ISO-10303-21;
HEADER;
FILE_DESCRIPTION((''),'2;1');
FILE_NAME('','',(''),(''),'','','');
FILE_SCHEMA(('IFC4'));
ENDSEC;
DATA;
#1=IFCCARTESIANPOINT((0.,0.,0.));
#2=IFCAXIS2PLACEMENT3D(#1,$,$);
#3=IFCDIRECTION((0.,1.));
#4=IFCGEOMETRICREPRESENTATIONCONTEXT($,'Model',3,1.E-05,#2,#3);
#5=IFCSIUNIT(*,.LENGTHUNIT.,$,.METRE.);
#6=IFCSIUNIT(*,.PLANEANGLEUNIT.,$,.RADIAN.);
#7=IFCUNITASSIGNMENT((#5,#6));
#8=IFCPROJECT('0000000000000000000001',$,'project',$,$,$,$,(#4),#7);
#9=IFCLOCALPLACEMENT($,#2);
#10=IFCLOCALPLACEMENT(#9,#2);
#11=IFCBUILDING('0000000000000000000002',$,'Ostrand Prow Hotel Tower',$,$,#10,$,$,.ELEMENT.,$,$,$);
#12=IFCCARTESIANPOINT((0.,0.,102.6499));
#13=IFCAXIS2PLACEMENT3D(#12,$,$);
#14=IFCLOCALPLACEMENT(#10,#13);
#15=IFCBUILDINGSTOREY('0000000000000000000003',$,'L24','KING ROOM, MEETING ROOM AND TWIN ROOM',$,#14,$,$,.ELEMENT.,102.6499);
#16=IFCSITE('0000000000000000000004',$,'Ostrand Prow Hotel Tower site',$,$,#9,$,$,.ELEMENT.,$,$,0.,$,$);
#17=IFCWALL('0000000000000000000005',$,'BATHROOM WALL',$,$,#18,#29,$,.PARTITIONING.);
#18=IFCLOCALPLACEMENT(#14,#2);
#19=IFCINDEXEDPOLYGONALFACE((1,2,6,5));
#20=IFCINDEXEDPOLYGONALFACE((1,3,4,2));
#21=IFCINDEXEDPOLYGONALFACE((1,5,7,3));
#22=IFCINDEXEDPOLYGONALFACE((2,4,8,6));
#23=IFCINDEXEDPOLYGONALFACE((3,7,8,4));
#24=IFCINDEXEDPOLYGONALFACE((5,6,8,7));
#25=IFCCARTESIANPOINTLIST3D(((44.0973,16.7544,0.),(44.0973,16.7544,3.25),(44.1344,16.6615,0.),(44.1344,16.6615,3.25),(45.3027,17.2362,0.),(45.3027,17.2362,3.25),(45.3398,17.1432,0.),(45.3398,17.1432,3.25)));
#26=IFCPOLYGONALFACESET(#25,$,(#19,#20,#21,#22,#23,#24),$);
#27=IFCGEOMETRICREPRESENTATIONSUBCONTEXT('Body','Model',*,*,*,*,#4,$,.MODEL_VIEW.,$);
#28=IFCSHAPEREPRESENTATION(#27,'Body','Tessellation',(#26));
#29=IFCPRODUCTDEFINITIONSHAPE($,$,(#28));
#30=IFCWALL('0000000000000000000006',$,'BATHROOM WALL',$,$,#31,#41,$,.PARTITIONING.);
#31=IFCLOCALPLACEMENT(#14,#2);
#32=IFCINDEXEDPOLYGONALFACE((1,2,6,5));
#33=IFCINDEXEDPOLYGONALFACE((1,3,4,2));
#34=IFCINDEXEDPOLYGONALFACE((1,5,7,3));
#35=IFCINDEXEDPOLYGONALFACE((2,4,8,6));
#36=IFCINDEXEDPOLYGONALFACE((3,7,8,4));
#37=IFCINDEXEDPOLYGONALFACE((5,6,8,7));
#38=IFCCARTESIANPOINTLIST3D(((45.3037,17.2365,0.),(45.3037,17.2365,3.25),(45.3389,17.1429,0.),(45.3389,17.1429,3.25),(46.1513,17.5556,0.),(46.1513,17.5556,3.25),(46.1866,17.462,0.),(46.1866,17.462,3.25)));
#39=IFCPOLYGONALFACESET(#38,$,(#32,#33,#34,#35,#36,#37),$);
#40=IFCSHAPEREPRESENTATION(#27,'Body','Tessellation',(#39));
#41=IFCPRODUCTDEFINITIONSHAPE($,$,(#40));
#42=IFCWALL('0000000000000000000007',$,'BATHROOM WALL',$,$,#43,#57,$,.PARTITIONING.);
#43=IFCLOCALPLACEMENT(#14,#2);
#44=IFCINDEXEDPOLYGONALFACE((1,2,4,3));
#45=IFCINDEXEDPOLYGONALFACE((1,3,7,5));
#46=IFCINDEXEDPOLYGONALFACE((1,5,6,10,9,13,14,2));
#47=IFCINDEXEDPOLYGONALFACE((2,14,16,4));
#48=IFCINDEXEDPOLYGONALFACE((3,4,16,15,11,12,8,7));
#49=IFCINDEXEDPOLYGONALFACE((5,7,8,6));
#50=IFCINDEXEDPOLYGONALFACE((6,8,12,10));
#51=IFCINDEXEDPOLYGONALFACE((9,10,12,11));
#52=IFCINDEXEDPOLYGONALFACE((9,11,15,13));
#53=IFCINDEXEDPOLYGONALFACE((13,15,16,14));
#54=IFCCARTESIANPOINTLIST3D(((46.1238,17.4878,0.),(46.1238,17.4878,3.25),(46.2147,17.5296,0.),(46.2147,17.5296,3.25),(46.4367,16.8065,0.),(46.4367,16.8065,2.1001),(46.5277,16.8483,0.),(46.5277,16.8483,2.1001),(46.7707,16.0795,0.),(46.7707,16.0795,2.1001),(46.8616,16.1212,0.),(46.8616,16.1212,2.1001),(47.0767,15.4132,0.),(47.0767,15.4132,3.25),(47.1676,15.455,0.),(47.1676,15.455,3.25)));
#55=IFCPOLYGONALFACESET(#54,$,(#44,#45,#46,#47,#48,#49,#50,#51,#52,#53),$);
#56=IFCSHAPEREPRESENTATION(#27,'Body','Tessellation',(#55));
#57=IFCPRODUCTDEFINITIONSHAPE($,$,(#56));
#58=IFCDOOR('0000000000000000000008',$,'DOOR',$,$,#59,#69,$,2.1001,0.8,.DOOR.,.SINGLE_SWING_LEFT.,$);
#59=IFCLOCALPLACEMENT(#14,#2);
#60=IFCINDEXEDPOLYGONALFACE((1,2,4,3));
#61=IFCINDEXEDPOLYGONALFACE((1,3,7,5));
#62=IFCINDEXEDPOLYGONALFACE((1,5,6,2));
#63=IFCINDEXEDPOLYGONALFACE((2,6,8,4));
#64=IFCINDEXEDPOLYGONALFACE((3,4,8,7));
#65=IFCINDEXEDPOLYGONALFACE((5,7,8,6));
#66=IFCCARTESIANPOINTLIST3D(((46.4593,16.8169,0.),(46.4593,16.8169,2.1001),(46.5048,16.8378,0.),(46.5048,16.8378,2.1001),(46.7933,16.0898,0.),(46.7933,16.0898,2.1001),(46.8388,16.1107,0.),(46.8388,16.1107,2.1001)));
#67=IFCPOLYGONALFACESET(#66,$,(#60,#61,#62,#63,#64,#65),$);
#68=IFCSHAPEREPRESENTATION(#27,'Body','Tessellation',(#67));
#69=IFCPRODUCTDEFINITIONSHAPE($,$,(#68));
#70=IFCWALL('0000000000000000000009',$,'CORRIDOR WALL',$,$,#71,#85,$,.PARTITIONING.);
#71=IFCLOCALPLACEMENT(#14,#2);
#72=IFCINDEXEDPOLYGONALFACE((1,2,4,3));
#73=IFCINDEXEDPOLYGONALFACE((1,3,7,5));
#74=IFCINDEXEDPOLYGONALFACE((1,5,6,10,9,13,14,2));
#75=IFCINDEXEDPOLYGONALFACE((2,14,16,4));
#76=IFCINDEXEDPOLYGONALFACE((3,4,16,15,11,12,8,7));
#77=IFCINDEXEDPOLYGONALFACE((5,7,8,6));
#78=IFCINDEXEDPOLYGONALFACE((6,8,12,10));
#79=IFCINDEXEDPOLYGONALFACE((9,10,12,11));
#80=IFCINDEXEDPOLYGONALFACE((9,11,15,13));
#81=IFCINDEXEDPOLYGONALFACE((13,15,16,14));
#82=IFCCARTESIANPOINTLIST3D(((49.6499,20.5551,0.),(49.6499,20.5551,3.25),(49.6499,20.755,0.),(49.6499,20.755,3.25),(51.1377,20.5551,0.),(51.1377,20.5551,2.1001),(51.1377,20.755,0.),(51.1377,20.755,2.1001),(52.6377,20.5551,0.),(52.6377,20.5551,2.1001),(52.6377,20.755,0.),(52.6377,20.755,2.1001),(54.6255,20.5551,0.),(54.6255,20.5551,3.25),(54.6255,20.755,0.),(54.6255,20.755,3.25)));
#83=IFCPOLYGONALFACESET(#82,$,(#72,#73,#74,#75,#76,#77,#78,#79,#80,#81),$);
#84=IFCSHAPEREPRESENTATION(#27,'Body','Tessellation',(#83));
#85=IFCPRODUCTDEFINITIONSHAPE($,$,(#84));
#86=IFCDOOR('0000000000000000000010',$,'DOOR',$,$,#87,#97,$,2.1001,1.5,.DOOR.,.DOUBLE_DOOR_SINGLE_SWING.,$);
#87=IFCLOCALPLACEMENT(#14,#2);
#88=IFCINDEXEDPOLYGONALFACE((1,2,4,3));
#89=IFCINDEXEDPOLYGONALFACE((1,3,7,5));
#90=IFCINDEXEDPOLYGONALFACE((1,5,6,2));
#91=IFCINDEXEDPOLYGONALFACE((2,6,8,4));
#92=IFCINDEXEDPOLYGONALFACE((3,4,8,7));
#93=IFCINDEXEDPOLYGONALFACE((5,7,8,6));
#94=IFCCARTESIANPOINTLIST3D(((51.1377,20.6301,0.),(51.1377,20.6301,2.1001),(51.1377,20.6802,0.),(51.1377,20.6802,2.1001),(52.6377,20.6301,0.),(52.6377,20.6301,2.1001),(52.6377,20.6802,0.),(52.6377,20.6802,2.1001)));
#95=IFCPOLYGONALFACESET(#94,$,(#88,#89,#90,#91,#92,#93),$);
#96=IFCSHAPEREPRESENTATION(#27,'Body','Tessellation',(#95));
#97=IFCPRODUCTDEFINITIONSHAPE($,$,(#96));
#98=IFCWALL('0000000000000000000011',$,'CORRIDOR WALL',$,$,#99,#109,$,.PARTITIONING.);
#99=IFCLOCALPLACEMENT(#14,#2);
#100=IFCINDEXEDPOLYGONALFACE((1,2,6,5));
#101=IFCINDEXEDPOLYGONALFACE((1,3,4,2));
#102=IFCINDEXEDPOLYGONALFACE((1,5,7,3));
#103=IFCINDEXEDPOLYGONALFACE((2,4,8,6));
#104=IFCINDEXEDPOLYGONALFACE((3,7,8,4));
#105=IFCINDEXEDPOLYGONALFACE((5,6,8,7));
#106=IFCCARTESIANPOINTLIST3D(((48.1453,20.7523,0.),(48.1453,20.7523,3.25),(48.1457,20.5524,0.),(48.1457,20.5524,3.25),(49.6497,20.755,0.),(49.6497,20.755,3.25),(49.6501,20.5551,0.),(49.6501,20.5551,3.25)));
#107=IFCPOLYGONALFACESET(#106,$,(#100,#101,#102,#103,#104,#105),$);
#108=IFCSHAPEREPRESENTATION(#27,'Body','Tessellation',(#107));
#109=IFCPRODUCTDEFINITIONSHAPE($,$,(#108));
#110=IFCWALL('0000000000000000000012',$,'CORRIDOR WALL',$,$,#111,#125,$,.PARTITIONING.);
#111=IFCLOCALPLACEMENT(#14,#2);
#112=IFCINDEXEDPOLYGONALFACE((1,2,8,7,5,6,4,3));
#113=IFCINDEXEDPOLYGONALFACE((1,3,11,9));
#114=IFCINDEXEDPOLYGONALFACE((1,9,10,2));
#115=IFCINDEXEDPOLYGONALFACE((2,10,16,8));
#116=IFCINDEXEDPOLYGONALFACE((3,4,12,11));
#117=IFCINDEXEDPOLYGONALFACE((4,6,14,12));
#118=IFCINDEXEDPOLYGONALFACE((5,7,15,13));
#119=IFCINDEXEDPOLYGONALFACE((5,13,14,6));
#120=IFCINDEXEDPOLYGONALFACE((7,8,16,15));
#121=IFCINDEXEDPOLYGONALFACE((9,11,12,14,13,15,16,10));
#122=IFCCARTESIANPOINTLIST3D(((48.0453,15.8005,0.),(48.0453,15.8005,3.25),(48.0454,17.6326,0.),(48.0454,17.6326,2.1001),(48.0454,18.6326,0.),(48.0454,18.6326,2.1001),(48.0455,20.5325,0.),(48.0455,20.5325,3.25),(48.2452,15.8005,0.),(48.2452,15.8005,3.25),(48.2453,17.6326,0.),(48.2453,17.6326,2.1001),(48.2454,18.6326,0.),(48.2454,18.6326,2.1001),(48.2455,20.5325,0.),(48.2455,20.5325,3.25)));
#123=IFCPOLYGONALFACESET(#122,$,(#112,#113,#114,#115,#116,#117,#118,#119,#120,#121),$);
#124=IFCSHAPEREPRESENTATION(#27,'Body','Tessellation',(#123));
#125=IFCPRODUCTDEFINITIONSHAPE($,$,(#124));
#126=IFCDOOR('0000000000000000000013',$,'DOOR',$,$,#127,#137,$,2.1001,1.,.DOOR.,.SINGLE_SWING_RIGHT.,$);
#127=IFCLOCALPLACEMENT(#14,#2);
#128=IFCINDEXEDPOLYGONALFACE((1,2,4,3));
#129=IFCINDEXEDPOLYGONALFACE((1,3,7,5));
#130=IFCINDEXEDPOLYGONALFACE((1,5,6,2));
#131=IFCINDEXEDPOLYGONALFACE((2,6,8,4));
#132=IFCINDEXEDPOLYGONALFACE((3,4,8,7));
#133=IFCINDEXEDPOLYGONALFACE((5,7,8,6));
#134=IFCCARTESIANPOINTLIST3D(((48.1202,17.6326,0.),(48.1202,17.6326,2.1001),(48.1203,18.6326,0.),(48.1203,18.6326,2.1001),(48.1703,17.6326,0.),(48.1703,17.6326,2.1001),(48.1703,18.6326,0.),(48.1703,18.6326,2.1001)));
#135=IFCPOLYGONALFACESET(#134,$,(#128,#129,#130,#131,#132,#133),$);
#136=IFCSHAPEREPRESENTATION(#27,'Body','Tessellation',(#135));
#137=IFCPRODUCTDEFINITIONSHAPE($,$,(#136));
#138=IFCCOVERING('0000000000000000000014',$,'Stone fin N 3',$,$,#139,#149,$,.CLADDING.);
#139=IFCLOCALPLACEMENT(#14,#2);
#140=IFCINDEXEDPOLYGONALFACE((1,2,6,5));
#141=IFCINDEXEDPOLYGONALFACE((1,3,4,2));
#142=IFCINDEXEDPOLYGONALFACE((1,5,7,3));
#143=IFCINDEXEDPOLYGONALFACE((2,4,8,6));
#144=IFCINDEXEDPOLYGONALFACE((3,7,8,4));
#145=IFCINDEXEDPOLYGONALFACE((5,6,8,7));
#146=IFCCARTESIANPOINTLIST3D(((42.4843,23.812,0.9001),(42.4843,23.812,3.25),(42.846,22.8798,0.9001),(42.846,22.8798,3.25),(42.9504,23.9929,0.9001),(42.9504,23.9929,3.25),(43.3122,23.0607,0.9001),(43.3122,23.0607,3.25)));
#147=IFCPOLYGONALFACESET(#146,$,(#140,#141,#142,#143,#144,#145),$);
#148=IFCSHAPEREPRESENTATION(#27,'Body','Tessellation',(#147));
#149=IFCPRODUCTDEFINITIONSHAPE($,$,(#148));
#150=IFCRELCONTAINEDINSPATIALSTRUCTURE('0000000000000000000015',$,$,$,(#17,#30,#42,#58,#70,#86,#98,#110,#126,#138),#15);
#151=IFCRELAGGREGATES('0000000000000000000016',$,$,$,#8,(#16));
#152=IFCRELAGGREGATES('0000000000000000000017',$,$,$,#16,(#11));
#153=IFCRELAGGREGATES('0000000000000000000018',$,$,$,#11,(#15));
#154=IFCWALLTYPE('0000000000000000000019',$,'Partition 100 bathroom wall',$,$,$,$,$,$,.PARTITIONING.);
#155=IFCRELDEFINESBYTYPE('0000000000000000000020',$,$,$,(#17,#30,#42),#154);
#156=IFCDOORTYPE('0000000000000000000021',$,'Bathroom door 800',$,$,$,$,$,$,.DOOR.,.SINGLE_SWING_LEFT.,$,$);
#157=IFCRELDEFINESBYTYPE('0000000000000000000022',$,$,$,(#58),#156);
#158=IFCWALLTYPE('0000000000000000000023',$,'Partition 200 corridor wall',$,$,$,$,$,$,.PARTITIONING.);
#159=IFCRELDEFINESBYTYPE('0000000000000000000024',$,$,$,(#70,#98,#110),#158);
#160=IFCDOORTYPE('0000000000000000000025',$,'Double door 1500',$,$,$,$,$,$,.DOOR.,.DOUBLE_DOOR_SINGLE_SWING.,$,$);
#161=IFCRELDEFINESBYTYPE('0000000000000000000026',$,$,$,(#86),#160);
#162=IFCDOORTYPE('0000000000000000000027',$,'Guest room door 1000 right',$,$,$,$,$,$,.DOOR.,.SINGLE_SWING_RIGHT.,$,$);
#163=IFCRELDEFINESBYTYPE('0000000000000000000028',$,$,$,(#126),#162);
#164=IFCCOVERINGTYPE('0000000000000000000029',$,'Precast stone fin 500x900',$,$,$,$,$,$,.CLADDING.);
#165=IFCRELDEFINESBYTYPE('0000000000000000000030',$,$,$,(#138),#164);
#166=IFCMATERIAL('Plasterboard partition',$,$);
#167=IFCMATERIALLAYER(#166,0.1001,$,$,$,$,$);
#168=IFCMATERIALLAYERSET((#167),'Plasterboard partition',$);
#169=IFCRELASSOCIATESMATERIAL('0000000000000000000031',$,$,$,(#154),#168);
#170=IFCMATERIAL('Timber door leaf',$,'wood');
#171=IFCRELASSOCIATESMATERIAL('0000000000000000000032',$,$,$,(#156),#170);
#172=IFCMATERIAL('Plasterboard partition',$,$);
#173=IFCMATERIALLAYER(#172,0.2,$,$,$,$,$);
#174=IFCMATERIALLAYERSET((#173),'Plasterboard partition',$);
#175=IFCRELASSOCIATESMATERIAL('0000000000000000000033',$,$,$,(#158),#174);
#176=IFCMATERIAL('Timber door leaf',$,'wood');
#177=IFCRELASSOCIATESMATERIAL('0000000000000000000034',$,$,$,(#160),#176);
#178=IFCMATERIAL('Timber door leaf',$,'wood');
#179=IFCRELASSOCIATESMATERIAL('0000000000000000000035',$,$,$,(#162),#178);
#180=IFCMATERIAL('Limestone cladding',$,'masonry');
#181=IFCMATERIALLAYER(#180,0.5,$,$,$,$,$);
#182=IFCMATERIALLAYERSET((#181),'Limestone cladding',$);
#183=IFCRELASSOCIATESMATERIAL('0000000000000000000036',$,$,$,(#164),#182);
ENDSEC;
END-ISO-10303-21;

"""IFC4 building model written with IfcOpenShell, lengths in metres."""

from ifc_helpers import new_model, si_unit, direction, frame, frame_2d, origin, place, context, subcontext, project, spatial, rectangle, extrude, material, layer, layer_set, type_object, element, fill, save


model = new_model("IFC4")

# Units and contexts
model_context = context("Model", 3, precision=1e-05, world=origin(), true_north=direction((0.0, 1.0)))
body_context = subcontext(model_context, "Body", "Model", "MODEL_VIEW")
ifc_project = project(units=[si_unit("LENGTHUNIT", "METRE"), si_unit("PLANEANGLEUNIT", "RADIAN")], contexts=[model_context])

# Site, building, storey
site_placement = place(None, origin())
site = spatial("IfcSite", under=ifc_project, at=site_placement, Name="Ostrand Prow Hotel Tower site", CompositionType="ELEMENT", RefElevation=0.0)
building_placement = place(site_placement, origin())
building = spatial("IfcBuilding", under=site, at=building_placement, Name="Ostrand Prow Hotel Tower", CompositionType="ELEMENT")
storey_placement = place(building_placement, frame((0.0, 0.0, 102.6499)))
storey = spatial("IfcBuildingStorey", under=building, at=storey_placement, Name="L24", Description="KING ROOM, MEETING ROOM AND TWIN ROOM", CompositionType="ELEMENT", Elevation=102.6499)

# Walls
ifc_material_1 = material(Name="Plasterboard partition")
ifc_layer_1 = layer(ifc_material_1, 0.1001)
ifc_layer_set_1 = layer_set([ifc_layer_1], Name="Plasterboard partition")
wall_type_1 = type_object("IfcWallType", Name="Partition 100 bathroom wall", PredefinedType="PARTITIONING", material=ifc_layer_set_1)
wall_1_placement = place(storey_placement, frame((44.116, 16.708, 0.0), z_axis=(0.0, 0.0, 1.0), x_axis=(0.928593, 0.371099, 0.0)))
element("IfcWall", 1, at=wall_1_placement, inside=storey, type_object=wall_type_1, Name="BATHROOM WALL", PredefinedType="PARTITIONING", context=body_context, shape_type="SweptSolid", body=[
    extrude(rectangle(XDim=1.2981, YDim=0.1001, at=frame_2d((0.6489, 0.0))), origin(), (0.0, 0.0, 1.0), 3.25),
])
wall_2_placement = place(storey_placement, frame((45.3213, 17.1897, 0.0), z_axis=(0.0, 0.0, 1.0), x_axis=(0.935885, 0.352305, 0.0)))
element("IfcWall", 2, at=wall_2_placement, inside=storey, type_object=wall_type_1, Name="BATHROOM WALL", PredefinedType="PARTITIONING", context=body_context, shape_type="SweptSolid", body=[
    extrude(rectangle(XDim=0.9058, YDim=0.1001, at=frame_2d((0.4529, 0.0))), origin(), (0.0, 0.0, 1.0), 3.25),
])

# Walls, openings, doors
wall_3_placement = place(storey_placement, frame((46.1692, 17.5088, 0.0), z_axis=(0.0, 0.0, 1.0), x_axis=(0.417409, -0.908719, 0.0)))
wall_3 = element("IfcWall", 3, at=wall_3_placement, inside=storey, type_object=wall_type_1, Name="BATHROOM WALL", PredefinedType="PARTITIONING", context=body_context, shape_type="SweptSolid", body=[
    extrude(rectangle(XDim=2.283, YDim=0.1001, at=frame_2d((1.1416, 0.0))), origin(), (0.0, 0.0, 1.0), 3.25),
])
opening_1_placement = place(wall_3_placement, frame((0.75, 0.0, 0.0)))
opening_1 = element("IfcOpeningElement", 4, at=opening_1_placement, cuts=wall_3, PredefinedType="OPENING", context=body_context, shape_type="SweptSolid", body=[
    extrude(rectangle(XDim=0.8, YDim=2.1001, at=frame_2d((0.3999, 1.05))), frame((0.0, 0.0601, 0.0), z_axis=(0.0, -1.0, 0.0), x_axis=(1.0, 0.0, 0.0)), (0.0, 0.0, 1.0), 0.1201),
])
ifc_material_2 = material(Name="Timber door leaf", Category="wood")
door_type_1 = type_object("IfcDoorType", Name="Bathroom door 800", OperationType="SINGLE_SWING_LEFT", PredefinedType="DOOR", material=ifc_material_2)
door_1_placement = place(opening_1_placement, origin())
door_1 = element("IfcDoor", 5, at=door_1_placement, inside=storey, type_object=door_type_1, Name="DOOR", OperationType="SINGLE_SWING_LEFT", OverallHeight=2.1001, OverallWidth=0.8, PredefinedType="DOOR", context=body_context, shape_type="SweptSolid", body=[
    extrude(rectangle(XDim=0.8, YDim=2.1001, at=frame_2d((0.3999, 1.05))), frame((0.0, 0.0249, 0.0), z_axis=(0.0, -1.0, 0.0), x_axis=(1.0, 0.0, 0.0)), (0.0, 0.0, 1.0), 0.05),
])
fill(opening_1, door_1)
ifc_material_3 = material(Name="Plasterboard partition")
ifc_layer_2 = layer(ifc_material_3, 0.2)
ifc_layer_set_2 = layer_set([ifc_layer_2], Name="Plasterboard partition")
wall_type_2 = type_object("IfcWallType", Name="Partition 200 corridor wall", PredefinedType="PARTITIONING", material=ifc_layer_set_2)
wall_4_placement = place(storey_placement, frame((54.6255, 20.655, 0.0), z_axis=(0.0, 0.0, 1.0), x_axis=(-1.0, 0.0, 0.0)))
wall_4 = element("IfcWall", 6, at=wall_4_placement, inside=storey, type_object=wall_type_2, Name="CORRIDOR WALL", PredefinedType="PARTITIONING", context=body_context, shape_type="SweptSolid", body=[
    extrude(rectangle(XDim=4.9756, YDim=0.2, at=frame_2d((2.4878, 0.0))), origin(), (0.0, 0.0, 1.0), 3.25),
])
opening_2_placement = place(wall_4_placement, frame((1.9878, 0.0, 0.0)))
opening_2 = element("IfcOpeningElement", 7, at=opening_2_placement, cuts=wall_4, PredefinedType="OPENING", context=body_context, shape_type="SweptSolid", body=[
    extrude(rectangle(XDim=1.5, YDim=2.1001, at=frame_2d((0.75, 1.05))), frame((0.0, 0.1099, 0.0), z_axis=(0.0, -1.0, 0.0), x_axis=(1.0, 0.0, 0.0)), (0.0, 0.0, 1.0), 0.22),
])
ifc_material_4 = material(Name="Timber door leaf", Category="wood")
door_type_2 = type_object("IfcDoorType", Name="Double door 1500", OperationType="DOUBLE_DOOR_SINGLE_SWING", PredefinedType="DOOR", material=ifc_material_4)
door_2_placement = place(opening_2_placement, origin())
door_2 = element("IfcDoor", 8, at=door_2_placement, inside=storey, type_object=door_type_2, Name="DOOR", OperationType="DOUBLE_DOOR_SINGLE_SWING", OverallHeight=2.1001, OverallWidth=1.5, PredefinedType="DOOR", context=body_context, shape_type="SweptSolid", body=[
    extrude(rectangle(XDim=1.5, YDim=2.1001, at=frame_2d((0.75, 1.05))), frame((0.0, 0.0249, 0.0), z_axis=(0.0, -1.0, 0.0), x_axis=(1.0, 0.0, 0.0)), (0.0, 0.0, 1.0), 0.05),
])
fill(opening_2, door_2)

# Wall
wall_5_placement = place(storey_placement, frame((49.6499, 20.655, 0.0), z_axis=(0.0, 0.0, 1.0), x_axis=(-0.999998, -0.001785, 0.0)))
element("IfcWall", 9, at=wall_5_placement, inside=storey, type_object=wall_type_2, Name="CORRIDOR WALL", PredefinedType="PARTITIONING", context=body_context, shape_type="SweptSolid", body=[
    extrude(rectangle(XDim=1.5044, YDim=0.2, at=frame_2d((0.7522, 0.0))), origin(), (0.0, 0.0, 1.0), 3.25),
])

# Wall, opening, door
wall_6_placement = place(storey_placement, frame((48.1455, 20.5325, 0.0), z_axis=(0.0, 0.0, 1.0), x_axis=(-0.000052, -1.0, 0.0)))
wall_6 = element("IfcWall", 10, at=wall_6_placement, inside=storey, type_object=wall_type_2, Name="CORRIDOR WALL", PredefinedType="PARTITIONING", context=body_context, shape_type="SweptSolid", body=[
    extrude(rectangle(XDim=4.7319, YDim=0.2, at=frame_2d((2.366, 0.0))), origin(), (0.0, 0.0, 1.0), 3.25),
])
opening_3_placement = place(wall_6_placement, frame((1.8999, 0.0, 0.0)))
opening_3 = element("IfcOpeningElement", 11, at=opening_3_placement, cuts=wall_6, PredefinedType="OPENING", context=body_context, shape_type="SweptSolid", body=[
    extrude(rectangle(XDim=1.0, YDim=2.1001, at=frame_2d((0.5, 1.05))), frame((0.0, 0.1099, 0.0), z_axis=(0.0, -1.0, 0.0), x_axis=(1.0, 0.0, 0.0)), (0.0, 0.0, 1.0), 0.22),
])
ifc_material_5 = material(Name="Timber door leaf", Category="wood")
door_type_3 = type_object("IfcDoorType", Name="Guest room door 1000 right", OperationType="SINGLE_SWING_RIGHT", PredefinedType="DOOR", material=ifc_material_5)
door_3_placement = place(opening_3_placement, origin())
door_3 = element("IfcDoor", 12, at=door_3_placement, inside=storey, type_object=door_type_3, Name="DOOR", OperationType="SINGLE_SWING_RIGHT", OverallHeight=2.1001, OverallWidth=1.0, PredefinedType="DOOR", context=body_context, shape_type="SweptSolid", body=[
    extrude(rectangle(XDim=1.0, YDim=2.1001, at=frame_2d((0.5, 1.05))), frame((0.0, 0.0249, 0.0), z_axis=(0.0, -1.0, 0.0), x_axis=(1.0, 0.0, 0.0)), (0.0, 0.0, 1.0), 0.05),
])
fill(opening_3, door_3)

# Covering
ifc_material_6 = material(Name="Limestone cladding", Category="masonry")
ifc_layer_3 = layer(ifc_material_6, 0.5)
ifc_layer_set_3 = layer_set([ifc_layer_3], Name="Limestone cladding")
covering_type = type_object("IfcCoveringType", Name="Precast stone fin 500x900", PredefinedType="CLADDING", material=ifc_layer_set_3)
covering_placement = place(storey_placement, frame((43.0791, 22.9702, 0.9001), z_axis=(0.0, 0.0, 1.0), x_axis=(-0.361775, 0.932266, 0.0)))
element("IfcCovering", 13, at=covering_placement, inside=storey, type_object=covering_type, Name="Stone fin N 3", PredefinedType="CLADDING", context=body_context, shape_type="SweptSolid", body=[
    extrude(rectangle(XDim=1.0, YDim=0.5, at=frame_2d((0.5, 0.0))), origin(), (0.0, 0.0, 1.0), 2.3499),
])

save(model, "model.ifc")
